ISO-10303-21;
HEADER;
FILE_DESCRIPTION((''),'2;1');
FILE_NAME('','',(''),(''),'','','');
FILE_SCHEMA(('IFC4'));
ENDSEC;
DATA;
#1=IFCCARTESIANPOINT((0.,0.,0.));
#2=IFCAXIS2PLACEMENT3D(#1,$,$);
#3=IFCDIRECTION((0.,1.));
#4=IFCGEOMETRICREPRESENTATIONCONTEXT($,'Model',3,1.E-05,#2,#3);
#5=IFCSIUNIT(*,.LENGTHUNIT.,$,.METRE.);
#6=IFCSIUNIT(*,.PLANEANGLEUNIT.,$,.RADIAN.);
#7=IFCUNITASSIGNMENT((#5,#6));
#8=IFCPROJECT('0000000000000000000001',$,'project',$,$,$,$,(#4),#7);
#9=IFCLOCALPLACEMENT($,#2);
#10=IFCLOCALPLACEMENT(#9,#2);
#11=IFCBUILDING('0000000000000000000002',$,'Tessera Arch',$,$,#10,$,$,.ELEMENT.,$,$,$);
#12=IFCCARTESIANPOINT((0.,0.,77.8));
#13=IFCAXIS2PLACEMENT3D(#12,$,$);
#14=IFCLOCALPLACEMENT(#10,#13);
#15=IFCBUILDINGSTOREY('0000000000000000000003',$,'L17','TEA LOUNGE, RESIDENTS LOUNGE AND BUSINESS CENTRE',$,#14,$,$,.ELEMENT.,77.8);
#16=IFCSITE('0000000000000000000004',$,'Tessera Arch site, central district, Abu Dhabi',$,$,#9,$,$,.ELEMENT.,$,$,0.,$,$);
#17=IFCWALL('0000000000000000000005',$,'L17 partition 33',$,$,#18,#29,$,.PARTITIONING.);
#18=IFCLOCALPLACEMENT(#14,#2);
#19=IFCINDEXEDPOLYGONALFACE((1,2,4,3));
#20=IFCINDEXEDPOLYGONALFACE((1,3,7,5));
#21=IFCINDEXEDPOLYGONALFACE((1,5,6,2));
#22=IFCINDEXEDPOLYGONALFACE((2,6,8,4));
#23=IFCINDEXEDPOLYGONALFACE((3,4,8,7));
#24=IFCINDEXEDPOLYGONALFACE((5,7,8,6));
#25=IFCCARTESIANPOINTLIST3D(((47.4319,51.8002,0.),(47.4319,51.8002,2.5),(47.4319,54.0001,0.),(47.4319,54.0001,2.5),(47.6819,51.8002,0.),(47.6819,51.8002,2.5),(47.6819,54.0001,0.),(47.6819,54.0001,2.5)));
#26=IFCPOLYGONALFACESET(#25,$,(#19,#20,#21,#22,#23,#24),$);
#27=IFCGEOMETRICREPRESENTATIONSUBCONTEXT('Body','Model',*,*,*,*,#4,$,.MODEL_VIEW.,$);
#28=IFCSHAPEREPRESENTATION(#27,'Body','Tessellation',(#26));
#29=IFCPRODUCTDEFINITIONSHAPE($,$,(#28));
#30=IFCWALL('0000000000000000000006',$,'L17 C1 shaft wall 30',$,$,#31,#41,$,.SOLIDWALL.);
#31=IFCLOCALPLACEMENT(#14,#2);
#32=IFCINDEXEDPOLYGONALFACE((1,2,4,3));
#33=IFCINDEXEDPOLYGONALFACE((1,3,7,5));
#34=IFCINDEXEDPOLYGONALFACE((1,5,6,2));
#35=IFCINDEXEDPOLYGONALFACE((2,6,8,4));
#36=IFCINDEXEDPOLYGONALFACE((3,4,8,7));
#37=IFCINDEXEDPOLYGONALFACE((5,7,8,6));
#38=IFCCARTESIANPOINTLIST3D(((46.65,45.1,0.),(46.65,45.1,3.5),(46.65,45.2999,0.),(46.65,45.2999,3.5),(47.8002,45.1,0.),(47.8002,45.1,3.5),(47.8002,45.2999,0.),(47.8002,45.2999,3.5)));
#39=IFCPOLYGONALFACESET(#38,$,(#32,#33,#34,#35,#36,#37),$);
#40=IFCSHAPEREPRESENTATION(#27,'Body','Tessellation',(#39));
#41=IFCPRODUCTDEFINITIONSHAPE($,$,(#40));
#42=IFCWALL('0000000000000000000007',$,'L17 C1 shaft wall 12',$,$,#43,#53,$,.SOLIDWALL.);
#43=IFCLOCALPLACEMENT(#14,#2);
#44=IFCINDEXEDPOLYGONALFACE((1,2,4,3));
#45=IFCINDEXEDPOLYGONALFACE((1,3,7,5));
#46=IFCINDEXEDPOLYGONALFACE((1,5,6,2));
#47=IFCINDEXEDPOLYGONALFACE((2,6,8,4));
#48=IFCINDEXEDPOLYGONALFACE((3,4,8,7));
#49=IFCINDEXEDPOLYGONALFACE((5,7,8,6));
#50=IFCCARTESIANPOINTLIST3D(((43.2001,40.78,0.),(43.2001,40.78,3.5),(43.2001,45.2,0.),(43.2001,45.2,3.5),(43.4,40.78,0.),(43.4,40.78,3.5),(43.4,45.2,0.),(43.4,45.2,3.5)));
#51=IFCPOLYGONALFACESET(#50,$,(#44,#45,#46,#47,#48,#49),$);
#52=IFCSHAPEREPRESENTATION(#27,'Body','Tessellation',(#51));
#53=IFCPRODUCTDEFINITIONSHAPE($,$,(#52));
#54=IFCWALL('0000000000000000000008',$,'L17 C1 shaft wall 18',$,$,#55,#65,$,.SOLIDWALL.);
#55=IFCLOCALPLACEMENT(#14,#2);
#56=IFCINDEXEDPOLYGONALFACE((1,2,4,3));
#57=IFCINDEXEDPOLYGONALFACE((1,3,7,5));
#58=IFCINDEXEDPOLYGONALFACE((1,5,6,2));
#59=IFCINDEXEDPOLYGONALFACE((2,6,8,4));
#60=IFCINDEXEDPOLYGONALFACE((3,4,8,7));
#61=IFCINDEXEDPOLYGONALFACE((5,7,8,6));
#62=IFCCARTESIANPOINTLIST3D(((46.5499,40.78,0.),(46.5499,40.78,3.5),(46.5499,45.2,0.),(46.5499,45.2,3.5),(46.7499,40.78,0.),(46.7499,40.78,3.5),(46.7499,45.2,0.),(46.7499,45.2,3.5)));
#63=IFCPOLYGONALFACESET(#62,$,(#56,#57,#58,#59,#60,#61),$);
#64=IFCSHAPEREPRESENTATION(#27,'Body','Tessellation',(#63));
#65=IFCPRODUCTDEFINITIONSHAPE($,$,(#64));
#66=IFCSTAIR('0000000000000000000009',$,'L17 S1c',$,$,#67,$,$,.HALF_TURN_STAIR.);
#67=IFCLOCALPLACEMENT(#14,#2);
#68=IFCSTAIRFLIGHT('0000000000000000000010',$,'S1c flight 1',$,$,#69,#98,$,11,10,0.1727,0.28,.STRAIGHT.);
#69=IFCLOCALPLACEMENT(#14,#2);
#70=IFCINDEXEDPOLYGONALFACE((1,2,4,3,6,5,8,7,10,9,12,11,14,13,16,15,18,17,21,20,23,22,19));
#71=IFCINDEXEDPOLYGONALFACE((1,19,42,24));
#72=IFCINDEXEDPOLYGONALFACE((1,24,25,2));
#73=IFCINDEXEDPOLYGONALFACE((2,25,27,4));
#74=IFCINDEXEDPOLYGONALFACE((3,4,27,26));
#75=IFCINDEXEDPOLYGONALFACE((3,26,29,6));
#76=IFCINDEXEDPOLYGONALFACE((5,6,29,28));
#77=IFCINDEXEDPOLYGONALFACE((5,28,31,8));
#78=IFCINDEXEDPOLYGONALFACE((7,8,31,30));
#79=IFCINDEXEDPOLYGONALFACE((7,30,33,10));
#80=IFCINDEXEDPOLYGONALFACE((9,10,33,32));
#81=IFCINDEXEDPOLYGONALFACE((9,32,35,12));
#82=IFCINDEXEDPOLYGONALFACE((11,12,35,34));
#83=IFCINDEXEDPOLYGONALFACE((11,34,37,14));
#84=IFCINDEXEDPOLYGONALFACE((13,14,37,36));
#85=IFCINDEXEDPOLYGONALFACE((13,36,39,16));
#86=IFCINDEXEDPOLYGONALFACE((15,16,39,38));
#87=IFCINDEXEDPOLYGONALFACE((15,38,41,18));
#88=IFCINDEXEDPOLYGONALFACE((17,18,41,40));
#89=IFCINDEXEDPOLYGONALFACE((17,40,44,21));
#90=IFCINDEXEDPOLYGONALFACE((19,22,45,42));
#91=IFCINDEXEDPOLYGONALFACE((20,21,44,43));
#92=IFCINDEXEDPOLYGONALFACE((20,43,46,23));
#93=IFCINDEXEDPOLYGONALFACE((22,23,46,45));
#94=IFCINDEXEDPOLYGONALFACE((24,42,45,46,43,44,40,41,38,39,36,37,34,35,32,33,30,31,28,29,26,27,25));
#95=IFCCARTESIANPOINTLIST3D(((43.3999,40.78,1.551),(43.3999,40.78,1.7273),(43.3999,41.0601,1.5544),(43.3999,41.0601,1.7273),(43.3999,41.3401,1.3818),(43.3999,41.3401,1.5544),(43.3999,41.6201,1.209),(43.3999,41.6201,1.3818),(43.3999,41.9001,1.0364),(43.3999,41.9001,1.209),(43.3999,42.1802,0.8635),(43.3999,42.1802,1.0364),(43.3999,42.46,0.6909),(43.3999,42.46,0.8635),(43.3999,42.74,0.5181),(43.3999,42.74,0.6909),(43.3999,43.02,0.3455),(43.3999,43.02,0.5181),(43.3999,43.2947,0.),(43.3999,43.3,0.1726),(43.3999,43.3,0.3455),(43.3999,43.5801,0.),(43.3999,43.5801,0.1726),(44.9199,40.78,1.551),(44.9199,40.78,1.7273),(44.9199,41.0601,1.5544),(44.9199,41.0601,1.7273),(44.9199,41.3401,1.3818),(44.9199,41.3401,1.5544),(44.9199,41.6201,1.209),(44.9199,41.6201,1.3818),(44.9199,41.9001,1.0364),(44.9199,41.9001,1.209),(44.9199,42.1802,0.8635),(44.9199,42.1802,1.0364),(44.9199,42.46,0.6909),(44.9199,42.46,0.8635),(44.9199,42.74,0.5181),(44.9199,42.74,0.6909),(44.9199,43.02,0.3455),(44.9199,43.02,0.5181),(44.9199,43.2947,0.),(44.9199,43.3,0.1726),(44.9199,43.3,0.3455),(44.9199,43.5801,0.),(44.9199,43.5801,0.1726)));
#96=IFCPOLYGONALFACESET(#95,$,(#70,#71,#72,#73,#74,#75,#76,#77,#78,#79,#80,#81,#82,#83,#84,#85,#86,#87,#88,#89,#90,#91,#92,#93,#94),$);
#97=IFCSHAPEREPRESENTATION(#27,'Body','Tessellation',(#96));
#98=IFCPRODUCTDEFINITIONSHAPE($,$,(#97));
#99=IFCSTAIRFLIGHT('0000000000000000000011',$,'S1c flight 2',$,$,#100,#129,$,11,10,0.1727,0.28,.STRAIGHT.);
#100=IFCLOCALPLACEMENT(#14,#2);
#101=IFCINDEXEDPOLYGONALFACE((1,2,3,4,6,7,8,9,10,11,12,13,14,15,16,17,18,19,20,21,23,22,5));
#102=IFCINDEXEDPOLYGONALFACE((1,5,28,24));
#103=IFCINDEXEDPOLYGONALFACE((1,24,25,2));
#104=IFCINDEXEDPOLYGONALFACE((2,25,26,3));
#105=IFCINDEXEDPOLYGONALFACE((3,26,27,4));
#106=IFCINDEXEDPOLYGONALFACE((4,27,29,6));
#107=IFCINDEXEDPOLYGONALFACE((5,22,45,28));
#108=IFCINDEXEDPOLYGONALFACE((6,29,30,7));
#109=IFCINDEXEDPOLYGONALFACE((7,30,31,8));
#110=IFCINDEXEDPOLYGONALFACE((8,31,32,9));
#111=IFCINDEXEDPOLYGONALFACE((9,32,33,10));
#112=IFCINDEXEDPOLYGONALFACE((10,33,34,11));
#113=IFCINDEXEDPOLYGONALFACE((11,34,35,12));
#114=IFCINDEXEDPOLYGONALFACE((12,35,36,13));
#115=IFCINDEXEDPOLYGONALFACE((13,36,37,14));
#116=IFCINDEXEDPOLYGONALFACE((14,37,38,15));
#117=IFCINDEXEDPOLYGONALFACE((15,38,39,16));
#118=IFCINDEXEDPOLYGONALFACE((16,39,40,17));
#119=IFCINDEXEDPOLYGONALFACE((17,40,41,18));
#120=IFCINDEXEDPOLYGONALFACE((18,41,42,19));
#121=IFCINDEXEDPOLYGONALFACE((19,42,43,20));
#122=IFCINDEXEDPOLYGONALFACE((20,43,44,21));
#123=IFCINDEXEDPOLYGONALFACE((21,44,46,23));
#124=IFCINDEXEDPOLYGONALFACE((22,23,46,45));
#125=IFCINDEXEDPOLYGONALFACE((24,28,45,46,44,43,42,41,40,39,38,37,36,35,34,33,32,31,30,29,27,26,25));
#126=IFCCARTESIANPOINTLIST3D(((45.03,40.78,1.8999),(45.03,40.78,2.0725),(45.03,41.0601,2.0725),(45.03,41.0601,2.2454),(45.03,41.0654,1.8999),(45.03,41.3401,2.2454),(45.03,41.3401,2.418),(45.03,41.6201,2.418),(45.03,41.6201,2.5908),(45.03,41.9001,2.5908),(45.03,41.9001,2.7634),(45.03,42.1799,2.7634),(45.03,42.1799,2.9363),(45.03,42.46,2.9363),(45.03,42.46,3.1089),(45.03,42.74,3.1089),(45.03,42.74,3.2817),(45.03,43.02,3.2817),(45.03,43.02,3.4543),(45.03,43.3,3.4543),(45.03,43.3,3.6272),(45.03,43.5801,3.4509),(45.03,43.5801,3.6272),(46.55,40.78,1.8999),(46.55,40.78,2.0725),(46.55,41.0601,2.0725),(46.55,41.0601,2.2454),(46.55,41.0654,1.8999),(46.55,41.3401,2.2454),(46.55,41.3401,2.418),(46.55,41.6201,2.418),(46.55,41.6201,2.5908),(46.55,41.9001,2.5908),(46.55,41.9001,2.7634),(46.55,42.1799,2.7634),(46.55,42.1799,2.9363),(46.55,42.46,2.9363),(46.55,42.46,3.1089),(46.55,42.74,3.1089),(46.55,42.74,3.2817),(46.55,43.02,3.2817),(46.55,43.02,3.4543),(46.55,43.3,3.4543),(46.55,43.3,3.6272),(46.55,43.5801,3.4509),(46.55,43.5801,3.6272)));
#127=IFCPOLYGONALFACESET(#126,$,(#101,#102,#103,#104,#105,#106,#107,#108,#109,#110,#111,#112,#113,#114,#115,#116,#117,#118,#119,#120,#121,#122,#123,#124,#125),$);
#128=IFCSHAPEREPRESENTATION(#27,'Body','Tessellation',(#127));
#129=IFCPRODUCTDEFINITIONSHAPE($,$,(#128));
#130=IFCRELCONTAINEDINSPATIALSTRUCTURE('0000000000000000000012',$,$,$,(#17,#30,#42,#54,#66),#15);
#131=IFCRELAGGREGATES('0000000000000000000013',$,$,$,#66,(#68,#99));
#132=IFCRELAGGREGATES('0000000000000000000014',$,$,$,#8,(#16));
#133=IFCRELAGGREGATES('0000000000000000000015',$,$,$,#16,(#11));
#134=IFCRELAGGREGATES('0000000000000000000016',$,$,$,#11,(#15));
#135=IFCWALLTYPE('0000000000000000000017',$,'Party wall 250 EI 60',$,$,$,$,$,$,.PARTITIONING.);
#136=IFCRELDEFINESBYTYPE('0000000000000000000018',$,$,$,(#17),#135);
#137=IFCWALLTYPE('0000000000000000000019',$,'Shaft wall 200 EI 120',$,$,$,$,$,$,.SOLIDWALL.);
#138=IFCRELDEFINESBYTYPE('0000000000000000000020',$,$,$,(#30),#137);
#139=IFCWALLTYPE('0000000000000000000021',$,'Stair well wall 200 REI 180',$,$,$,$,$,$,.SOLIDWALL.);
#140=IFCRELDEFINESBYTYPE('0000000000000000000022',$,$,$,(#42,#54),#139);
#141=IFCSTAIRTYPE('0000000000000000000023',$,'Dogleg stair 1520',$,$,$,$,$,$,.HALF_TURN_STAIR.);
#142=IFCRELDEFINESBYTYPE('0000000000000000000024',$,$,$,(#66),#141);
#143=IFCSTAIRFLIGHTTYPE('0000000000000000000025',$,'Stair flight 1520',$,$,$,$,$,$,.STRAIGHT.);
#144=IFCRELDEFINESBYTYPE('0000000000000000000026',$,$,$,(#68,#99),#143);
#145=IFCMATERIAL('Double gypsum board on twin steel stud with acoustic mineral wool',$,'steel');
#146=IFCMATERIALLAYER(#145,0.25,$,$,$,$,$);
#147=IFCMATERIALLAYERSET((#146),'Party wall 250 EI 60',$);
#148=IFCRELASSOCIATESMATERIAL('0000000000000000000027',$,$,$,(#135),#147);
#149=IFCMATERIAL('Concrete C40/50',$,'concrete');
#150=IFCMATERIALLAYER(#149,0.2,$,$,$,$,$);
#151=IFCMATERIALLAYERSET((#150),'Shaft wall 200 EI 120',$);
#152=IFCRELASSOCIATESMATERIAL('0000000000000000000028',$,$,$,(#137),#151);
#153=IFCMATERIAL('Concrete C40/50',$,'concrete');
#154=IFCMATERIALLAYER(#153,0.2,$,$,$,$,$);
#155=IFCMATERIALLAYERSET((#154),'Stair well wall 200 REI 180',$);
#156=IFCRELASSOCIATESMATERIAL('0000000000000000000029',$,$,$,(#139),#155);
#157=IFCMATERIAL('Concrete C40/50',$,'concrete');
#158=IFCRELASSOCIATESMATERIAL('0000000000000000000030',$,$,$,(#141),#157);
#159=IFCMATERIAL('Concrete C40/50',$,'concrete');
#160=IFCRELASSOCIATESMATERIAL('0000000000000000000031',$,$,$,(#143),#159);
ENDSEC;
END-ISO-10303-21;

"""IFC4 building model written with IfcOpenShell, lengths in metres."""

from ifc_helpers import new_model, si_unit, direction, frame, frame_2d, origin, place, context, subcontext, project, spatial, polyline, rectangle, outline, extrude, material, layer, layer_set, type_object, element, aggregate, save


model = new_model("IFC4")

# Units and contexts
model_context = context("Model", 3, precision=1e-05, world=origin(), true_north=direction((0.0, 1.0)))
body_context = subcontext(model_context, "Body", "Model", "MODEL_VIEW")
ifc_project = project(units=[si_unit("LENGTHUNIT", "METRE"), si_unit("PLANEANGLEUNIT", "RADIAN")], contexts=[model_context])

# Site, building, storey
site_placement = place(None, origin())
site = spatial("IfcSite", under=ifc_project, at=site_placement, Name="Tessera Arch site, central district, Abu Dhabi", CompositionType="ELEMENT", RefElevation=0.0)
building_placement = place(site_placement, origin())
building = spatial("IfcBuilding", under=site, at=building_placement, Name="Tessera Arch", CompositionType="ELEMENT")
storey_placement = place(building_placement, frame((0.0, 0.0, 77.8)))
storey = spatial("IfcBuildingStorey", under=building, at=storey_placement, Name="L17", Description="TEA LOUNGE, RESIDENTS LOUNGE AND BUSINESS CENTRE", CompositionType="ELEMENT", Elevation=77.8)

# Walls
ifc_material_1 = material(Name="Double gypsum board on twin steel stud with acoustic mineral wool", Category="steel")
ifc_layer_1 = layer(ifc_material_1, 0.25)
ifc_layer_set_1 = layer_set([ifc_layer_1], Name="Party wall 250 EI 60")
wall_type_1 = type_object("IfcWallType", Name="Party wall 250 EI 60", PredefinedType="PARTITIONING", material=ifc_layer_set_1)
wall_1_placement = place(storey_placement, frame((47.5569, 51.8, 0.0), z_axis=(0.0, 0.0, 1.0), x_axis=(0.0, 1.0, 0.0)))
element("IfcWall", 1, at=wall_1_placement, inside=storey, type_object=wall_type_1, Name="L17 partition 33", PredefinedType="PARTITIONING", context=body_context, shape_type="SweptSolid", body=[
    extrude(rectangle(XDim=2.2, YDim=0.25, at=frame_2d((1.1001, 0.0))), origin(), (0.0, 0.0, 1.0), 2.5),
])
ifc_material_2 = material(Name="Concrete C40/50", Category="concrete")
ifc_layer_2 = layer(ifc_material_2, 0.2)
ifc_layer_set_2 = layer_set([ifc_layer_2], Name="Shaft wall 200 EI 120")
wall_type_2 = type_object("IfcWallType", Name="Shaft wall 200 EI 120", PredefinedType="SOLIDWALL", material=ifc_layer_set_2)
wall_2_placement = place(storey_placement, frame((46.6499, 45.2, 0.0), z_axis=(0.0, 0.0, 1.0), x_axis=(1.0, 0.0, 0.0)))
element("IfcWall", 2, at=wall_2_placement, inside=storey, type_object=wall_type_2, Name="L17 C1 shaft wall 30", PredefinedType="SOLIDWALL", context=body_context, shape_type="SweptSolid", body=[
    extrude(rectangle(XDim=1.1501, YDim=0.2, at=frame_2d((0.5752, 0.0))), origin(), (0.0, 0.0, 1.0), 3.5),
])
ifc_material_3 = material(Name="Concrete C40/50", Category="concrete")
ifc_layer_3 = layer(ifc_material_3, 0.2)
ifc_layer_set_3 = layer_set([ifc_layer_3], Name="Stair well wall 200 REI 180")
wall_type_3 = type_object("IfcWallType", Name="Stair well wall 200 REI 180", PredefinedType="SOLIDWALL", material=ifc_layer_set_3)
for number, where, z_axis, x_axis, name in (
    (3, (43.3, 40.78, 0.0), (0.0, 0.0, 1.0), (0.0, 1.0, 0.0), "L17 C1 shaft wall 12"),
    (4, (46.6499, 40.78, 0.0), (0.0, 0.0, 1.0), (0.0, 1.0, 0.0), "L17 C1 shaft wall 18"),
):
    element("IfcWall", number, at=place(storey_placement, frame(where, z_axis=z_axis, x_axis=x_axis)), inside=storey, type_object=wall_type_3, Name=name, PredefinedType="SOLIDWALL", context=body_context, shape_type="SweptSolid", body=[
        extrude(rectangle(XDim=4.4199, YDim=0.2, at=frame_2d((2.21, 0.0))), origin(), (0.0, 0.0, 1.0), 3.5),
    ])

# Stair, stair flights
ifc_material_4 = material(Name="Concrete C40/50", Category="concrete")
stair_type = type_object("IfcStairType", Name="Dogleg stair 1520", PredefinedType="HALF_TURN_STAIR", material=ifc_material_4)
stair_placement = place(storey_placement, origin())
stair = element("IfcStair", 5, at=stair_placement, inside=storey, type_object=stair_type, Name="L17 S1c", PredefinedType="HALF_TURN_STAIR")
ifc_material_5 = material(Name="Concrete C40/50", Category="concrete")
stair_flight_type = type_object("IfcStairFlightType", Name="Stair flight 1520", PredefinedType="STRAIGHT", material=ifc_material_5)
stair_flight_1_placement = place(storey_placement, frame((44.1599, 43.5801, 0.0), z_axis=(0.0, 0.0, 1.0), x_axis=(0.0, -1.0, 0.0)))
stair_flight_1 = element("IfcStairFlight", 6, at=stair_flight_1_placement, type_object=stair_flight_type, Name="S1c flight 1", NumberOfRisers=11, NumberOfTreads=10, PredefinedType="STRAIGHT", RiserHeight=0.1727, TreadLength=0.28, context=body_context, shape_type="SweptSolid", body=[
    extrude(outline(polyline([(0.0, 0.0), (0.0, 0.1726), (0.28, 0.1726), (0.28, 0.3455), (0.5601, 0.3455), (0.5601, 0.5181), (0.8401, 0.5181), (0.8401, 0.6909), (1.1201, 0.6909), (1.1201, 0.8635), (1.3999, 0.8635), (1.3999, 1.0364), (1.6799, 1.0364), (1.6799, 1.209), (1.96, 1.209), (1.96, 1.3818), (2.24, 1.3818), (2.24, 1.5544), (2.52, 1.5544), (2.52, 1.7273), (2.8, 1.7273), (2.8, 1.8999), (2.8, 1.551), (0.2854, 0.0), (0.0, 0.0)])), frame((0.0, 0.76, 0.0), z_axis=(0.0, -1.0, 0.0), x_axis=(1.0, 0.0, 0.0)), (0.0, 0.0, 1.0), 1.52),
])
stair_flight_2_placement = place(storey_placement, frame((45.79, 40.78, 1.8999), z_axis=(0.0, 0.0, 1.0), x_axis=(0.0, 1.0, 0.0)))
stair_flight_2 = element("IfcStairFlight", 7, at=stair_flight_2_placement, type_object=stair_flight_type, Name="S1c flight 2", NumberOfRisers=11, NumberOfTreads=10, PredefinedType="STRAIGHT", RiserHeight=0.1727, TreadLength=0.28, context=body_context, shape_type="SweptSolid", body=[
    extrude(outline(polyline([(0.0, 0.0), (0.0, 0.1726), (0.28, 0.1726), (0.28, 0.3455), (0.5601, 0.3455), (0.5601, 0.5181), (0.8401, 0.5181), (0.8401, 0.6909), (1.1201, 0.6909), (1.1201, 0.8635), (1.3999, 0.8635), (1.3999, 1.0364), (1.6799, 1.0364), (1.6799, 1.209), (1.96, 1.209), (1.96, 1.3818), (2.24, 1.3818), (2.24, 1.5544), (2.52, 1.5544), (2.52, 1.7273), (2.8, 1.7273), (2.8, 1.8999), (2.8, 1.551), (0.2854, 0.0), (0.0, 0.0)])), frame((0.0, 0.76, 0.0), z_axis=(0.0, -1.0, 0.0), x_axis=(1.0, 0.0, 0.0)), (0.0, 0.0, 1.0), 1.52),
])
aggregate(stair, [stair_flight_1, stair_flight_2])

save(model, "model.ifc")
